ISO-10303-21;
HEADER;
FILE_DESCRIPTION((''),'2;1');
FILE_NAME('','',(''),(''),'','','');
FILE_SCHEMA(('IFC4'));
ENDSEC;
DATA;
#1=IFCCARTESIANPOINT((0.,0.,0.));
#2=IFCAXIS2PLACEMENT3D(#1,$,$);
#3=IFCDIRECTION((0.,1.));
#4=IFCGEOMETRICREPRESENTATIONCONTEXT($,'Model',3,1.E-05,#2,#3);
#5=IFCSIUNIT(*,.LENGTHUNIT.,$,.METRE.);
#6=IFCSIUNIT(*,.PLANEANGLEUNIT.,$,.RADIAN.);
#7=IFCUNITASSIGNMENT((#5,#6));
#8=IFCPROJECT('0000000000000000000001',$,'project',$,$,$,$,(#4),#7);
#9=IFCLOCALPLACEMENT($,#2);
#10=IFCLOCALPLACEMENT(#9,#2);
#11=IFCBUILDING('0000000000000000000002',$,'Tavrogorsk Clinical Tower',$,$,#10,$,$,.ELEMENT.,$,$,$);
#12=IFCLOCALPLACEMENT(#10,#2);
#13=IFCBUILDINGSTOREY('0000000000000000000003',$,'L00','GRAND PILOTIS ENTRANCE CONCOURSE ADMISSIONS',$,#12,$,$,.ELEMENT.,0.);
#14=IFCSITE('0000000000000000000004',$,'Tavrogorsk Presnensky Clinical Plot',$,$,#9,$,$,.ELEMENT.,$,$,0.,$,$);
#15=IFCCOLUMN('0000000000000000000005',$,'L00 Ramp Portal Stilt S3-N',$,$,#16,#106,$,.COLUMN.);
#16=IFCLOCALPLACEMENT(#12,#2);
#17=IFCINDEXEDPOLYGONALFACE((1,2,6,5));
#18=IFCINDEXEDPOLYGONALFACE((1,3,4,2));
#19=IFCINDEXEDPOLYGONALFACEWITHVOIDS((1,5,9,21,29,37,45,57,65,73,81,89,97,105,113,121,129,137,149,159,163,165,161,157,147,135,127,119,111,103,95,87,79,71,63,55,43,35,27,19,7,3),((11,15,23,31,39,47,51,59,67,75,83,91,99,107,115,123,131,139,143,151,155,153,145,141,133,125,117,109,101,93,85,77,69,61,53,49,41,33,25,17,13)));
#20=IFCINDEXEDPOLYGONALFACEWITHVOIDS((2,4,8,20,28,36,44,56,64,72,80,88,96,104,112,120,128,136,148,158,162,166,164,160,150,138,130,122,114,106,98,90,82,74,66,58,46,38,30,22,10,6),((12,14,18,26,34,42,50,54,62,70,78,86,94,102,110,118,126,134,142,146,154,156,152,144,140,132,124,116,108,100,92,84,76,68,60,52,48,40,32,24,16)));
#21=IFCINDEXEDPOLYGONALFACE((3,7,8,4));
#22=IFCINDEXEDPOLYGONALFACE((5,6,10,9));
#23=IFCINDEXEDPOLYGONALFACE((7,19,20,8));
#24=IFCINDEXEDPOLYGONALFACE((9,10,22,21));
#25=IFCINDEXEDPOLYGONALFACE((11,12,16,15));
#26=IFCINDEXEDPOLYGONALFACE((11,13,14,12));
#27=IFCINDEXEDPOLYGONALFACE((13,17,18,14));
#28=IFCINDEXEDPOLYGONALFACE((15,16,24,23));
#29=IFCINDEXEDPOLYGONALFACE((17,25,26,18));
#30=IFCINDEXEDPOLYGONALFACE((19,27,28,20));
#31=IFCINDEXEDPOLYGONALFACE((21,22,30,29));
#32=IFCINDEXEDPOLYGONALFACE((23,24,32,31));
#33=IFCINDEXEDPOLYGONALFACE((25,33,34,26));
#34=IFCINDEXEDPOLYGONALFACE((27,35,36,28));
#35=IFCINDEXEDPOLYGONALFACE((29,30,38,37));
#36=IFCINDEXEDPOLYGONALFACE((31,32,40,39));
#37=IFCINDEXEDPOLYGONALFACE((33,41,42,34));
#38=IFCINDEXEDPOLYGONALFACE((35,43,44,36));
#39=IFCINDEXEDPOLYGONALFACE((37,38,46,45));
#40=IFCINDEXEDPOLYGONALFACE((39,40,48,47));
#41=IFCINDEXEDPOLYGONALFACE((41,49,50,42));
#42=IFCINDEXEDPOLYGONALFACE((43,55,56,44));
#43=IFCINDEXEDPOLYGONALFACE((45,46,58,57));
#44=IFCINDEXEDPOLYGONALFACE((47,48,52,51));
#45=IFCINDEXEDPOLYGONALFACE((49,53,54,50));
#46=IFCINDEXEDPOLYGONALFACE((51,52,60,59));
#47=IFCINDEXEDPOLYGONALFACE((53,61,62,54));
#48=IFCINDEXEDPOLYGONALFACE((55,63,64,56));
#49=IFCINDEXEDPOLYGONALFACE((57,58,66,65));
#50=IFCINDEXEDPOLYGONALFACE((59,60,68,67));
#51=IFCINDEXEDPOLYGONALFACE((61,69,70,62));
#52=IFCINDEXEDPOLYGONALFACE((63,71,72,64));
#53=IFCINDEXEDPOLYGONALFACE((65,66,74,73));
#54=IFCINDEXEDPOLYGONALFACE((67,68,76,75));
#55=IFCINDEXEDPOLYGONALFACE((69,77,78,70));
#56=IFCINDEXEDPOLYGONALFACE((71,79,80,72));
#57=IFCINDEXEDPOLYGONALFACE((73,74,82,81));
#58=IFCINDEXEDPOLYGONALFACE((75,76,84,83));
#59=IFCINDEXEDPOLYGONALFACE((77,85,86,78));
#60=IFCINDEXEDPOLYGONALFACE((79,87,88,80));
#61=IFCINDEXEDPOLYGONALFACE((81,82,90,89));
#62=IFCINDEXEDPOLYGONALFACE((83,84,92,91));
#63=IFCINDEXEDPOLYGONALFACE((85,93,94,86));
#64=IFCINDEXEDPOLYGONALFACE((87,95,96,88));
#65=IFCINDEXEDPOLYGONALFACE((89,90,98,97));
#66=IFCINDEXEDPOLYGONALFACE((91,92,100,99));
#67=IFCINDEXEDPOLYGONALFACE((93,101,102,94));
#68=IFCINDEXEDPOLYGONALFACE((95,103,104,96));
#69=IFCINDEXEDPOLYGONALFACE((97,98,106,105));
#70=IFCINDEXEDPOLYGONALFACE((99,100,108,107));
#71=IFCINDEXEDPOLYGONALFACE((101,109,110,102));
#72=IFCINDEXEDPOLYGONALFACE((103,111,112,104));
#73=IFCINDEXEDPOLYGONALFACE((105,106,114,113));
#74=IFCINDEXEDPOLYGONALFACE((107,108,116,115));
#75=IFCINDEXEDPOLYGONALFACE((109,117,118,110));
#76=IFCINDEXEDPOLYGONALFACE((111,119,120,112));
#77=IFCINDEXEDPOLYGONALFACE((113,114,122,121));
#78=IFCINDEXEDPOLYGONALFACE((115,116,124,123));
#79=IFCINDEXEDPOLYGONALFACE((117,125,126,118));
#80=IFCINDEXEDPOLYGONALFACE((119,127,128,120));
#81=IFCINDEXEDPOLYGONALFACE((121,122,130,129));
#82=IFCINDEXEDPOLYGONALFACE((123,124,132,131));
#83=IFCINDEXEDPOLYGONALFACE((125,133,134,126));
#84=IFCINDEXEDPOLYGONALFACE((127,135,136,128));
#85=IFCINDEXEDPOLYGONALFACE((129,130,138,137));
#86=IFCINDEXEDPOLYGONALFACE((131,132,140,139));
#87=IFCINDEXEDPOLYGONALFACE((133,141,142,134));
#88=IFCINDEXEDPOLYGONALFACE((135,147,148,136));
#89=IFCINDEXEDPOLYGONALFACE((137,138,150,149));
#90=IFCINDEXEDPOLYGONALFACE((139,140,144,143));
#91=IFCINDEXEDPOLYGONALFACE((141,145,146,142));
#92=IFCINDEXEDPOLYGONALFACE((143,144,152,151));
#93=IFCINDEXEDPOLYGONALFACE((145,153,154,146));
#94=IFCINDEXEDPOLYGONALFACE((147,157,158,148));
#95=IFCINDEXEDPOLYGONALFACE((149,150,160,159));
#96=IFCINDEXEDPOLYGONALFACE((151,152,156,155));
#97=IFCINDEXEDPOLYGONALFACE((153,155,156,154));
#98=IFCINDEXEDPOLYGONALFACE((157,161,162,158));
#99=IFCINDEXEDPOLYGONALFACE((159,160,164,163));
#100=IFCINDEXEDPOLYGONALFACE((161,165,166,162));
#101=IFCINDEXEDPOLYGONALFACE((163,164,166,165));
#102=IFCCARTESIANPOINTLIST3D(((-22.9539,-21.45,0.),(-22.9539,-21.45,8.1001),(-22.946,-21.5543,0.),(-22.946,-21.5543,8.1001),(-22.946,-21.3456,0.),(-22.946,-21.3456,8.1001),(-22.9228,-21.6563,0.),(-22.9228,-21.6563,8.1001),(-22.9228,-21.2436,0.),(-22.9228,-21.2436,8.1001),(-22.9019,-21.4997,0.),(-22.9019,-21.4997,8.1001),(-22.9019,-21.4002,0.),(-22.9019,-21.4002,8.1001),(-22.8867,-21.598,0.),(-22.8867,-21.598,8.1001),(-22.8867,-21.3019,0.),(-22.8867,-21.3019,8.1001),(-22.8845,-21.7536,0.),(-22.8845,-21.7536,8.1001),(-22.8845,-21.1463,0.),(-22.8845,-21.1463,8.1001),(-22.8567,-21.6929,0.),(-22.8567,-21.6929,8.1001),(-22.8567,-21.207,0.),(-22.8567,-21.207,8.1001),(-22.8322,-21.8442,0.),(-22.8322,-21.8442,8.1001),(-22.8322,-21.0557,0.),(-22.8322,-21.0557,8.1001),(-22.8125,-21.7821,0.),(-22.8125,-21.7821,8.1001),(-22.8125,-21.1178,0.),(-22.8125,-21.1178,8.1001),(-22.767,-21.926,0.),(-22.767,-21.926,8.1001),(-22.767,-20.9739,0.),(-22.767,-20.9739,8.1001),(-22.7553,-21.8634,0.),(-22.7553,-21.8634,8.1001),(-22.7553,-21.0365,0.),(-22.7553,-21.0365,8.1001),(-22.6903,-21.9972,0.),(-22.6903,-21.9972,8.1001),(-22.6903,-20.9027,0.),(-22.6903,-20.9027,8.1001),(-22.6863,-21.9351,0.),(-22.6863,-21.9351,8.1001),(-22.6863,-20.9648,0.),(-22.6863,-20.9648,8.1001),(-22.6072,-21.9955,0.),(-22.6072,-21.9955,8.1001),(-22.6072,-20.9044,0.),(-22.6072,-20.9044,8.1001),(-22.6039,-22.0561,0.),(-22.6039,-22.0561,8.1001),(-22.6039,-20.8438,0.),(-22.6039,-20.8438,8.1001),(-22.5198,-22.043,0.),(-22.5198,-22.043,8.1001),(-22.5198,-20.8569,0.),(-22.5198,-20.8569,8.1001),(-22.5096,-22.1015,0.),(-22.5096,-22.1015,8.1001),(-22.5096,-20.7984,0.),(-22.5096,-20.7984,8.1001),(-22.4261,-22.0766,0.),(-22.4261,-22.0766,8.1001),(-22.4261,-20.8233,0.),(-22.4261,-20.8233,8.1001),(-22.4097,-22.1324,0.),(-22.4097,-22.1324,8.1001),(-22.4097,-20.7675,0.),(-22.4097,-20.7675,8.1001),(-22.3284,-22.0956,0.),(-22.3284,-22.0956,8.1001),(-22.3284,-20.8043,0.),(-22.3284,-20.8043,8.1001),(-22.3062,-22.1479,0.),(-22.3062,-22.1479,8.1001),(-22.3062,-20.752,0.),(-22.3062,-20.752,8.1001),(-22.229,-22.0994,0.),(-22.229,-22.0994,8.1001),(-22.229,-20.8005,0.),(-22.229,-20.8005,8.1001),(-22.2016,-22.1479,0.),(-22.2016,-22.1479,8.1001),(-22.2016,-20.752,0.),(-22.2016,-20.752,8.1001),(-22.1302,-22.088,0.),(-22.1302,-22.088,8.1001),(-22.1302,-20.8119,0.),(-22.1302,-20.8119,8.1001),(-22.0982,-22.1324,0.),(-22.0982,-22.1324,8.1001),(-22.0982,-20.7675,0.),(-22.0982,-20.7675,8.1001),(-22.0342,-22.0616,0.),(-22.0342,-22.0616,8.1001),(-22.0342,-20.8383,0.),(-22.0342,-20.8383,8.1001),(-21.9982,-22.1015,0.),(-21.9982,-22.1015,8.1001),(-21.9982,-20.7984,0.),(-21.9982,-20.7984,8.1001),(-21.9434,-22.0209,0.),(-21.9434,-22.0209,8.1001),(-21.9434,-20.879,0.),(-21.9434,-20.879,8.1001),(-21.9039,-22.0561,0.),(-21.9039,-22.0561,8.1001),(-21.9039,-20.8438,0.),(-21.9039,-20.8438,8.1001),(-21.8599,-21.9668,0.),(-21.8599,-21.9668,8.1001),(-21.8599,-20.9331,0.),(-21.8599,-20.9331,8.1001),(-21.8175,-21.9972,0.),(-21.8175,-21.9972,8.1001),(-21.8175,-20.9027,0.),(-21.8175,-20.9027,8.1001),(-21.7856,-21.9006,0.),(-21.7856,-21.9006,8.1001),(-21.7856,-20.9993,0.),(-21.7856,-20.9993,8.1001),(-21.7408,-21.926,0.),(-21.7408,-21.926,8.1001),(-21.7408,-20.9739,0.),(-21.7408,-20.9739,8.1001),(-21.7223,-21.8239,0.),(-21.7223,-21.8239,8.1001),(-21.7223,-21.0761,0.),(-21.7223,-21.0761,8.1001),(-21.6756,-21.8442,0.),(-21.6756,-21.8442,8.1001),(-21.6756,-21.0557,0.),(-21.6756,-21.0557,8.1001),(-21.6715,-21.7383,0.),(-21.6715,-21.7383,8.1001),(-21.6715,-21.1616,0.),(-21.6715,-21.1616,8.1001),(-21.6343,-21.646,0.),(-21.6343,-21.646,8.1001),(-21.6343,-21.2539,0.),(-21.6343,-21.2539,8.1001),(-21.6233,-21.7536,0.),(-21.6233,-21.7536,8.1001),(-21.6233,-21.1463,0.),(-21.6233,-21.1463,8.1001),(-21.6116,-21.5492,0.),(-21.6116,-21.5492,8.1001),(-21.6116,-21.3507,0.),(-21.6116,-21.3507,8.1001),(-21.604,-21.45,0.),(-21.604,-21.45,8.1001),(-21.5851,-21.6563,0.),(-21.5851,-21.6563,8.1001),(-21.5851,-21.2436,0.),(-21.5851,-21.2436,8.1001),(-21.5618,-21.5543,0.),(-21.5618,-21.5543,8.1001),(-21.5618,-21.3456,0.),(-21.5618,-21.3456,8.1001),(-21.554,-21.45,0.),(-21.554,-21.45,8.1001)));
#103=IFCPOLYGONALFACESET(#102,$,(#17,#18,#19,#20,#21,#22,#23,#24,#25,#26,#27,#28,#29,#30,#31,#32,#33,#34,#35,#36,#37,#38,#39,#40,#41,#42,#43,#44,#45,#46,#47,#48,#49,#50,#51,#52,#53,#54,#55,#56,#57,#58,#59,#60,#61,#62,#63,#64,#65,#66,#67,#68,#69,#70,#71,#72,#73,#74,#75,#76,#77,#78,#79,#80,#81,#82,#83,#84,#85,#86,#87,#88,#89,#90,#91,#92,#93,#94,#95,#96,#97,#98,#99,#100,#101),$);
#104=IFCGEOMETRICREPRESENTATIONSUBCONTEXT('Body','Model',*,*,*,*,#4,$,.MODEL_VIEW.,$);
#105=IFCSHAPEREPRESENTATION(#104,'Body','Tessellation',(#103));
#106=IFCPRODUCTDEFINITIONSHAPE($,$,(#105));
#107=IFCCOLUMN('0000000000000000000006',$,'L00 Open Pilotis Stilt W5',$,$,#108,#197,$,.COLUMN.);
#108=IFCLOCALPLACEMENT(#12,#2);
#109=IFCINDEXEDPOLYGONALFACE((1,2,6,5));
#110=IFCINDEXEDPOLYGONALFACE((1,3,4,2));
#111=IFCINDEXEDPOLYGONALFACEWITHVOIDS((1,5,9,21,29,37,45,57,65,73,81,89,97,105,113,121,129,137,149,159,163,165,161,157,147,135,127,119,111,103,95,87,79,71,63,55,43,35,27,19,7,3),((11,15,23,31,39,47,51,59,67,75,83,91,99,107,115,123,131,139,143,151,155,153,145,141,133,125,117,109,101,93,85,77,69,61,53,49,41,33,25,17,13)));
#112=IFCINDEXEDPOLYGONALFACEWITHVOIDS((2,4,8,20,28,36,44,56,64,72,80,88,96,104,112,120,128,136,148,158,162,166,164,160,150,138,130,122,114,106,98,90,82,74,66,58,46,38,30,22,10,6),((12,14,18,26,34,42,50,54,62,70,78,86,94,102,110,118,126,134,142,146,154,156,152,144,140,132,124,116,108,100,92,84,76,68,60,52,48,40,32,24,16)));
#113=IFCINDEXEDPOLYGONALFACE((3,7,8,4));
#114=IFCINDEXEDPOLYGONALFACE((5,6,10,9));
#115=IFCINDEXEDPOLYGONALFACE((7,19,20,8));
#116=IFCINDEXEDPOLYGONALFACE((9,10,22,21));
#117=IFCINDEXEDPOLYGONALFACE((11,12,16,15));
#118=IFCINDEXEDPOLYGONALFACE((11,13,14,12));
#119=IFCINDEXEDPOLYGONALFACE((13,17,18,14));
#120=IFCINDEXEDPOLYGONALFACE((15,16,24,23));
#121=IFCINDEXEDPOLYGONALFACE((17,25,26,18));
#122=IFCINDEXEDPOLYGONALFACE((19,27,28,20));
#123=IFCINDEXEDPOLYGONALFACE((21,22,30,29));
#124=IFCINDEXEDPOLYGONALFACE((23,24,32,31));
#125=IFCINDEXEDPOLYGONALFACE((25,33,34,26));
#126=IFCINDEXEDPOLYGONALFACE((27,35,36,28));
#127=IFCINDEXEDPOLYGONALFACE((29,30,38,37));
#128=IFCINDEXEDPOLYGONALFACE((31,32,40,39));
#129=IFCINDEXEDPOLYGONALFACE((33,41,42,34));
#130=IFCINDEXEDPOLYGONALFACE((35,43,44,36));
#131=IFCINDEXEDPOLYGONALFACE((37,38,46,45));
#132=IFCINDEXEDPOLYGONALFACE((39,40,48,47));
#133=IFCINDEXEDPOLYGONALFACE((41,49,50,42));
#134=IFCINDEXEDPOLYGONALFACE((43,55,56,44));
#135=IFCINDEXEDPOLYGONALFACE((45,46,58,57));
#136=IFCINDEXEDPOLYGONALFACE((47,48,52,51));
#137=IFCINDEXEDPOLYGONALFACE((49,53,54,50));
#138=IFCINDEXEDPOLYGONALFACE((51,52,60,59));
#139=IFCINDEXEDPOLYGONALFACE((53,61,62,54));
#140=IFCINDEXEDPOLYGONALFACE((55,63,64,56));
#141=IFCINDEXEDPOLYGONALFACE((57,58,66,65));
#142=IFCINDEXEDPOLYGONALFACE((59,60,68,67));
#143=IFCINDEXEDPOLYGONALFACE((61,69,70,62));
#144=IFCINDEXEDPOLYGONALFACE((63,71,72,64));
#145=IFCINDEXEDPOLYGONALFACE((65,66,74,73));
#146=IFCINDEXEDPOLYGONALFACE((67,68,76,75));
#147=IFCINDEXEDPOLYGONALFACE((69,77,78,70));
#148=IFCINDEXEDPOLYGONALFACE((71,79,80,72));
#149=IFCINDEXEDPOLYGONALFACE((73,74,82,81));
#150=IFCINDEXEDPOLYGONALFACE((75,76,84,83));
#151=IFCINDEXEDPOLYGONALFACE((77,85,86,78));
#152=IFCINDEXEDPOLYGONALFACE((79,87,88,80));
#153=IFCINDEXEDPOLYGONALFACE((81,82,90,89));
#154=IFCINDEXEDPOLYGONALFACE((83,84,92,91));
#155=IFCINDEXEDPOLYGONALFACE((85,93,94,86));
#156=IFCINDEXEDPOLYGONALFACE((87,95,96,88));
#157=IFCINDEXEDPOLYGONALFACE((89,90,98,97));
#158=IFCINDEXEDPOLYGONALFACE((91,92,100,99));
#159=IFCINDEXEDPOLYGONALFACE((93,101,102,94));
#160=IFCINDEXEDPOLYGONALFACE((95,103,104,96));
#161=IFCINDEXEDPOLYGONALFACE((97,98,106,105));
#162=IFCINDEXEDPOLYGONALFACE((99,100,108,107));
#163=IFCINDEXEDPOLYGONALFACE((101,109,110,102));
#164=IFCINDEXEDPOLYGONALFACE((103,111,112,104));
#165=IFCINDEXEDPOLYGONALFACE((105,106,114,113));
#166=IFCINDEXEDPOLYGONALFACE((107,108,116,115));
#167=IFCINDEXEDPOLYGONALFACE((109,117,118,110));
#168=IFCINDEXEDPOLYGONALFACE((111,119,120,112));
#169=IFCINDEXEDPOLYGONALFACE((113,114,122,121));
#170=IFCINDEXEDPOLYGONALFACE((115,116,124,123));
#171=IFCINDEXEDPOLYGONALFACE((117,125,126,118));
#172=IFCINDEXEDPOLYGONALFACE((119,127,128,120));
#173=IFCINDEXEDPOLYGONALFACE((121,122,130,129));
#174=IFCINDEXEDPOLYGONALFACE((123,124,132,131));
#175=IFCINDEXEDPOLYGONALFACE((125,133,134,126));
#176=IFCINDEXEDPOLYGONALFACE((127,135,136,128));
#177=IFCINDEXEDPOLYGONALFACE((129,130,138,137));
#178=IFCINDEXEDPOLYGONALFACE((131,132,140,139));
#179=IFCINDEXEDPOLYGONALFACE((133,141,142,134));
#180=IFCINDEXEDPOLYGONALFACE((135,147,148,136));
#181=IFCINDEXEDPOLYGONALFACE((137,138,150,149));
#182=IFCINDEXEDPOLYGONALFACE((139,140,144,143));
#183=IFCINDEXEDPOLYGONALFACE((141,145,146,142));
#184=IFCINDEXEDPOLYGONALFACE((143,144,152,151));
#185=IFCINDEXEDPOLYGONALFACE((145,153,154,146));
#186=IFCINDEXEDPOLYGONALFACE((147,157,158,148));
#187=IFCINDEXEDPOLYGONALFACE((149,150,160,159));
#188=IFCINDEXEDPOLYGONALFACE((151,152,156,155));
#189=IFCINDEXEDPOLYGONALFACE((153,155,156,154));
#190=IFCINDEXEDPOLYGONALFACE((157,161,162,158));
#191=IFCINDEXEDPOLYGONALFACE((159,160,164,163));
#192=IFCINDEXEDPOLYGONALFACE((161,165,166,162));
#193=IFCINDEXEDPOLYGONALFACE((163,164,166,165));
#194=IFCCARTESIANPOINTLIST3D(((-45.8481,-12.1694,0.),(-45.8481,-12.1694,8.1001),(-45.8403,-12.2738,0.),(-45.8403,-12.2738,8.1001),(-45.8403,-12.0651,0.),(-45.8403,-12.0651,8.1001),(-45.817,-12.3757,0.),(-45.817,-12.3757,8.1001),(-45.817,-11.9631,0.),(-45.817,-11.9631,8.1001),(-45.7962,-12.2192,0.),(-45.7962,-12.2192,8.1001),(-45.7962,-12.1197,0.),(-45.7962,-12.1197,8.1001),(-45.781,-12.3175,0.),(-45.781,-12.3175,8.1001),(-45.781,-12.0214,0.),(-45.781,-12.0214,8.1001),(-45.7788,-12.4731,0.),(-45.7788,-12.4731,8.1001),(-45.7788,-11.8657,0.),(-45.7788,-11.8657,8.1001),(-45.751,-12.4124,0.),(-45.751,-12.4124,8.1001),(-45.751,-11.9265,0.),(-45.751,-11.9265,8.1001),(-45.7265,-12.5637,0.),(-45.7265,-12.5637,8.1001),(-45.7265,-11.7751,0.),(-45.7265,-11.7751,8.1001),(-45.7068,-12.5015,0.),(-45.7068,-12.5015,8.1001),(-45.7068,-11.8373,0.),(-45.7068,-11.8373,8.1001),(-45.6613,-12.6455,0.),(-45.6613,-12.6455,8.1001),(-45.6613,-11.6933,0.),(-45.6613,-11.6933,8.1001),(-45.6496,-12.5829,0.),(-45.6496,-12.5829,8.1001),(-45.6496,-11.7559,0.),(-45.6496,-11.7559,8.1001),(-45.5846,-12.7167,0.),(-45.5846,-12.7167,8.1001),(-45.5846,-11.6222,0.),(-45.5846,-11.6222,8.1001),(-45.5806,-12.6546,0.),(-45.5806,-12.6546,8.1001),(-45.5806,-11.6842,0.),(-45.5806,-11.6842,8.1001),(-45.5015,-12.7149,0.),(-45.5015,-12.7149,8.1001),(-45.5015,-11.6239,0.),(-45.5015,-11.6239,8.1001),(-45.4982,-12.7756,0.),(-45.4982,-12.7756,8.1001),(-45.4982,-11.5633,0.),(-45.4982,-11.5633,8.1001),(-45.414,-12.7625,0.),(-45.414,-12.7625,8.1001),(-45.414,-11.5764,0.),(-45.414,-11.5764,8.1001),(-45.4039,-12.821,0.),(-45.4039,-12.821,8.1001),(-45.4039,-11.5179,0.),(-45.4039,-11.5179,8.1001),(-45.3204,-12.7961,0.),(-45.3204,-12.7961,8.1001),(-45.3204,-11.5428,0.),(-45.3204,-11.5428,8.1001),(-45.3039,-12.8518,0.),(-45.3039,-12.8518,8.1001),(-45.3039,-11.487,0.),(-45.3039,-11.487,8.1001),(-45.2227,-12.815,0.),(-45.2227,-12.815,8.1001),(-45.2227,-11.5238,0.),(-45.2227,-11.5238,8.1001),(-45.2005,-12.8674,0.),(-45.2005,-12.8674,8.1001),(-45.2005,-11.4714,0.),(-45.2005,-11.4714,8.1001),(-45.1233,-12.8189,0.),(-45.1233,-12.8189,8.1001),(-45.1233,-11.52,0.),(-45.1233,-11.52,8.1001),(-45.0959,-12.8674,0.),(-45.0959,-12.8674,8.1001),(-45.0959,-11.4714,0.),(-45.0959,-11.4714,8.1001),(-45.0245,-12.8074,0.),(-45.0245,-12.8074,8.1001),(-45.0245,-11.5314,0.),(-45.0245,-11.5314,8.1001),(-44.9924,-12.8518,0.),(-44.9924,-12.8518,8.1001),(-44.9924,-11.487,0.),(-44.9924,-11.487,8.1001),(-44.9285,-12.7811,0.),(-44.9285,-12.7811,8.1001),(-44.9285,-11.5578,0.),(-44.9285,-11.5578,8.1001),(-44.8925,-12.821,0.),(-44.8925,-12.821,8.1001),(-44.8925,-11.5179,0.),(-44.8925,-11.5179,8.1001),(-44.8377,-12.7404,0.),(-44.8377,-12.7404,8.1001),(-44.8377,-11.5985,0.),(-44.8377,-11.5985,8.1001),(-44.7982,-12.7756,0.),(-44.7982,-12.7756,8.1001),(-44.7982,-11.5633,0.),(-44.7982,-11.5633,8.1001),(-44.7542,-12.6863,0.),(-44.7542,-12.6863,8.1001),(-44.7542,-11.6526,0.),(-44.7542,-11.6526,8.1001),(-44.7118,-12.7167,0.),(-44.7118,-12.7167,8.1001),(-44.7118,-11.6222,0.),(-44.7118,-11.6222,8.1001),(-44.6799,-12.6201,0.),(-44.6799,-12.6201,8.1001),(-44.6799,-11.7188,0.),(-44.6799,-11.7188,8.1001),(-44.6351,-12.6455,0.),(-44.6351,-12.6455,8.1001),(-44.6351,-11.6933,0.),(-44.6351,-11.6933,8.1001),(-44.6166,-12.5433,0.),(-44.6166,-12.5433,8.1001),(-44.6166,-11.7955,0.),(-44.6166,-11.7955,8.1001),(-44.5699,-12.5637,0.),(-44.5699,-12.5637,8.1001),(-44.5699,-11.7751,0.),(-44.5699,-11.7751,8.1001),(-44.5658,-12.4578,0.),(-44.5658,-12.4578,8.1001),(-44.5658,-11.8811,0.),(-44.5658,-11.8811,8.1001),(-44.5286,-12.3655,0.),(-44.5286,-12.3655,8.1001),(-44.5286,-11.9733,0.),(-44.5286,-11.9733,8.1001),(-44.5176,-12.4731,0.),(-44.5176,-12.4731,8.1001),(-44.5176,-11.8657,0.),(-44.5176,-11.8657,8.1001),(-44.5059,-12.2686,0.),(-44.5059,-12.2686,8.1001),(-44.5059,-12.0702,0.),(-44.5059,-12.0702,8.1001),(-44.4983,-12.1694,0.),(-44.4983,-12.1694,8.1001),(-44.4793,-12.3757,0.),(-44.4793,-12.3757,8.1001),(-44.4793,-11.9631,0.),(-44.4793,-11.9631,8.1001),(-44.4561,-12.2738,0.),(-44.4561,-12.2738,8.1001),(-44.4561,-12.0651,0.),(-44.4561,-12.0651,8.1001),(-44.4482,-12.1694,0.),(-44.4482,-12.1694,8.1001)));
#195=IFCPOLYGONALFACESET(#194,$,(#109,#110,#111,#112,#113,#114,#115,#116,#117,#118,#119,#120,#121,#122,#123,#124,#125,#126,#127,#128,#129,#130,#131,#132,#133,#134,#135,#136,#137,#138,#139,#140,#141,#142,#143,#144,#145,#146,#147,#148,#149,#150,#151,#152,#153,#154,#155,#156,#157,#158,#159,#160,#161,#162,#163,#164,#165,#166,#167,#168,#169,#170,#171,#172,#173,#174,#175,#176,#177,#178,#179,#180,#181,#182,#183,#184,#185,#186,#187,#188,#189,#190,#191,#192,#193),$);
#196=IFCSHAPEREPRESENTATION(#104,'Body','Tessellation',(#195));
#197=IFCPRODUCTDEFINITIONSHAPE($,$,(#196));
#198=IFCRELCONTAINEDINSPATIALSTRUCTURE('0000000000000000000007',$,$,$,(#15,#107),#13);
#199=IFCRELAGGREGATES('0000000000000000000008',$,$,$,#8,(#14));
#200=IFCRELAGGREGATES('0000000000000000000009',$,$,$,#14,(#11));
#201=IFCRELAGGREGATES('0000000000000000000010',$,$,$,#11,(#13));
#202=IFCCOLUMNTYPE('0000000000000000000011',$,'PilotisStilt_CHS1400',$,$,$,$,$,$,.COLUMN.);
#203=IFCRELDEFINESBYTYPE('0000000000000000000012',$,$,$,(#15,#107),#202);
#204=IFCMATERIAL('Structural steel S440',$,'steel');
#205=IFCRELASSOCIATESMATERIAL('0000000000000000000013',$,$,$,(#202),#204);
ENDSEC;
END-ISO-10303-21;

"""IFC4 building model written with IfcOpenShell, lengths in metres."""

from ifc_helpers import new_model, si_unit, direction, frame, origin, origin_2d, place, context, subcontext, project, spatial, hollow_circle, extrude, material, material_profile, profile_set, type_object, element, save


model = new_model("IFC4")

# Units and contexts
model_context = context("Model", 3, precision=1e-05, world=origin(), true_north=direction((0.0, 1.0)))
body_context = subcontext(model_context, "Body", "Model", "MODEL_VIEW")
ifc_project = project(units=[si_unit("LENGTHUNIT", "METRE"), si_unit("PLANEANGLEUNIT", "RADIAN")], contexts=[model_context])

# Site, building, storey
site_placement = place(None, origin())
site = spatial("IfcSite", under=ifc_project, at=site_placement, Name="Tavrogorsk Presnensky Clinical Plot", CompositionType="ELEMENT", RefElevation=0.0)
building_placement = place(site_placement, origin())
building = spatial("IfcBuilding", under=site, at=building_placement, Name="Tavrogorsk Clinical Tower", CompositionType="ELEMENT")
storey_placement = place(building_placement, origin())
storey = spatial("IfcBuildingStorey", under=building, at=storey_placement, Name="L00", Description="GRAND PILOTIS ENTRANCE CONCOURSE ADMISSIONS", CompositionType="ELEMENT", Elevation=0.0)

# Columns
ifc_material_1 = material(Name="Structural steel S440", Category="steel")
ifc_material_profile_1 = material_profile(ifc_material_1, hollow_circle(Radius=0.7, WallThickness=0.05, at=origin_2d()), Name="CHS-1400x50")
ifc_profile_set_1 = profile_set([ifc_material_profile_1], Name="Structural steel S440")
column_type = type_object("IfcColumnType", Name="PilotisStilt_CHS1400", PredefinedType="COLUMN", material=ifc_profile_set_1)
for number, where, z_axis, x_axis, name in (
    (1, (-22.2539, -21.45, 0.0), (0.0, 0.0, 1.0), (1.0, 0.0, 0.0), "L00 Ramp Portal Stilt S3-N"),
    (2, (-45.1482, -12.1694, 0.0), (0.0, 0.0, 1.0), (1.0, 0.0, 0.0), "L00 Open Pilotis Stilt W5"),
):
    element("IfcColumn", number, at=place(storey_placement, frame(where, z_axis=z_axis, x_axis=x_axis)), inside=storey, type_object=column_type, Name=name, PredefinedType="COLUMN", context=body_context, shape_type="SweptSolid", body=[
        extrude(hollow_circle(Radius=0.7, WallThickness=0.05, at=origin_2d()), origin(), (0.0, 0.0, 1.0), 8.1001),
    ])

save(model, "model.ifc")
